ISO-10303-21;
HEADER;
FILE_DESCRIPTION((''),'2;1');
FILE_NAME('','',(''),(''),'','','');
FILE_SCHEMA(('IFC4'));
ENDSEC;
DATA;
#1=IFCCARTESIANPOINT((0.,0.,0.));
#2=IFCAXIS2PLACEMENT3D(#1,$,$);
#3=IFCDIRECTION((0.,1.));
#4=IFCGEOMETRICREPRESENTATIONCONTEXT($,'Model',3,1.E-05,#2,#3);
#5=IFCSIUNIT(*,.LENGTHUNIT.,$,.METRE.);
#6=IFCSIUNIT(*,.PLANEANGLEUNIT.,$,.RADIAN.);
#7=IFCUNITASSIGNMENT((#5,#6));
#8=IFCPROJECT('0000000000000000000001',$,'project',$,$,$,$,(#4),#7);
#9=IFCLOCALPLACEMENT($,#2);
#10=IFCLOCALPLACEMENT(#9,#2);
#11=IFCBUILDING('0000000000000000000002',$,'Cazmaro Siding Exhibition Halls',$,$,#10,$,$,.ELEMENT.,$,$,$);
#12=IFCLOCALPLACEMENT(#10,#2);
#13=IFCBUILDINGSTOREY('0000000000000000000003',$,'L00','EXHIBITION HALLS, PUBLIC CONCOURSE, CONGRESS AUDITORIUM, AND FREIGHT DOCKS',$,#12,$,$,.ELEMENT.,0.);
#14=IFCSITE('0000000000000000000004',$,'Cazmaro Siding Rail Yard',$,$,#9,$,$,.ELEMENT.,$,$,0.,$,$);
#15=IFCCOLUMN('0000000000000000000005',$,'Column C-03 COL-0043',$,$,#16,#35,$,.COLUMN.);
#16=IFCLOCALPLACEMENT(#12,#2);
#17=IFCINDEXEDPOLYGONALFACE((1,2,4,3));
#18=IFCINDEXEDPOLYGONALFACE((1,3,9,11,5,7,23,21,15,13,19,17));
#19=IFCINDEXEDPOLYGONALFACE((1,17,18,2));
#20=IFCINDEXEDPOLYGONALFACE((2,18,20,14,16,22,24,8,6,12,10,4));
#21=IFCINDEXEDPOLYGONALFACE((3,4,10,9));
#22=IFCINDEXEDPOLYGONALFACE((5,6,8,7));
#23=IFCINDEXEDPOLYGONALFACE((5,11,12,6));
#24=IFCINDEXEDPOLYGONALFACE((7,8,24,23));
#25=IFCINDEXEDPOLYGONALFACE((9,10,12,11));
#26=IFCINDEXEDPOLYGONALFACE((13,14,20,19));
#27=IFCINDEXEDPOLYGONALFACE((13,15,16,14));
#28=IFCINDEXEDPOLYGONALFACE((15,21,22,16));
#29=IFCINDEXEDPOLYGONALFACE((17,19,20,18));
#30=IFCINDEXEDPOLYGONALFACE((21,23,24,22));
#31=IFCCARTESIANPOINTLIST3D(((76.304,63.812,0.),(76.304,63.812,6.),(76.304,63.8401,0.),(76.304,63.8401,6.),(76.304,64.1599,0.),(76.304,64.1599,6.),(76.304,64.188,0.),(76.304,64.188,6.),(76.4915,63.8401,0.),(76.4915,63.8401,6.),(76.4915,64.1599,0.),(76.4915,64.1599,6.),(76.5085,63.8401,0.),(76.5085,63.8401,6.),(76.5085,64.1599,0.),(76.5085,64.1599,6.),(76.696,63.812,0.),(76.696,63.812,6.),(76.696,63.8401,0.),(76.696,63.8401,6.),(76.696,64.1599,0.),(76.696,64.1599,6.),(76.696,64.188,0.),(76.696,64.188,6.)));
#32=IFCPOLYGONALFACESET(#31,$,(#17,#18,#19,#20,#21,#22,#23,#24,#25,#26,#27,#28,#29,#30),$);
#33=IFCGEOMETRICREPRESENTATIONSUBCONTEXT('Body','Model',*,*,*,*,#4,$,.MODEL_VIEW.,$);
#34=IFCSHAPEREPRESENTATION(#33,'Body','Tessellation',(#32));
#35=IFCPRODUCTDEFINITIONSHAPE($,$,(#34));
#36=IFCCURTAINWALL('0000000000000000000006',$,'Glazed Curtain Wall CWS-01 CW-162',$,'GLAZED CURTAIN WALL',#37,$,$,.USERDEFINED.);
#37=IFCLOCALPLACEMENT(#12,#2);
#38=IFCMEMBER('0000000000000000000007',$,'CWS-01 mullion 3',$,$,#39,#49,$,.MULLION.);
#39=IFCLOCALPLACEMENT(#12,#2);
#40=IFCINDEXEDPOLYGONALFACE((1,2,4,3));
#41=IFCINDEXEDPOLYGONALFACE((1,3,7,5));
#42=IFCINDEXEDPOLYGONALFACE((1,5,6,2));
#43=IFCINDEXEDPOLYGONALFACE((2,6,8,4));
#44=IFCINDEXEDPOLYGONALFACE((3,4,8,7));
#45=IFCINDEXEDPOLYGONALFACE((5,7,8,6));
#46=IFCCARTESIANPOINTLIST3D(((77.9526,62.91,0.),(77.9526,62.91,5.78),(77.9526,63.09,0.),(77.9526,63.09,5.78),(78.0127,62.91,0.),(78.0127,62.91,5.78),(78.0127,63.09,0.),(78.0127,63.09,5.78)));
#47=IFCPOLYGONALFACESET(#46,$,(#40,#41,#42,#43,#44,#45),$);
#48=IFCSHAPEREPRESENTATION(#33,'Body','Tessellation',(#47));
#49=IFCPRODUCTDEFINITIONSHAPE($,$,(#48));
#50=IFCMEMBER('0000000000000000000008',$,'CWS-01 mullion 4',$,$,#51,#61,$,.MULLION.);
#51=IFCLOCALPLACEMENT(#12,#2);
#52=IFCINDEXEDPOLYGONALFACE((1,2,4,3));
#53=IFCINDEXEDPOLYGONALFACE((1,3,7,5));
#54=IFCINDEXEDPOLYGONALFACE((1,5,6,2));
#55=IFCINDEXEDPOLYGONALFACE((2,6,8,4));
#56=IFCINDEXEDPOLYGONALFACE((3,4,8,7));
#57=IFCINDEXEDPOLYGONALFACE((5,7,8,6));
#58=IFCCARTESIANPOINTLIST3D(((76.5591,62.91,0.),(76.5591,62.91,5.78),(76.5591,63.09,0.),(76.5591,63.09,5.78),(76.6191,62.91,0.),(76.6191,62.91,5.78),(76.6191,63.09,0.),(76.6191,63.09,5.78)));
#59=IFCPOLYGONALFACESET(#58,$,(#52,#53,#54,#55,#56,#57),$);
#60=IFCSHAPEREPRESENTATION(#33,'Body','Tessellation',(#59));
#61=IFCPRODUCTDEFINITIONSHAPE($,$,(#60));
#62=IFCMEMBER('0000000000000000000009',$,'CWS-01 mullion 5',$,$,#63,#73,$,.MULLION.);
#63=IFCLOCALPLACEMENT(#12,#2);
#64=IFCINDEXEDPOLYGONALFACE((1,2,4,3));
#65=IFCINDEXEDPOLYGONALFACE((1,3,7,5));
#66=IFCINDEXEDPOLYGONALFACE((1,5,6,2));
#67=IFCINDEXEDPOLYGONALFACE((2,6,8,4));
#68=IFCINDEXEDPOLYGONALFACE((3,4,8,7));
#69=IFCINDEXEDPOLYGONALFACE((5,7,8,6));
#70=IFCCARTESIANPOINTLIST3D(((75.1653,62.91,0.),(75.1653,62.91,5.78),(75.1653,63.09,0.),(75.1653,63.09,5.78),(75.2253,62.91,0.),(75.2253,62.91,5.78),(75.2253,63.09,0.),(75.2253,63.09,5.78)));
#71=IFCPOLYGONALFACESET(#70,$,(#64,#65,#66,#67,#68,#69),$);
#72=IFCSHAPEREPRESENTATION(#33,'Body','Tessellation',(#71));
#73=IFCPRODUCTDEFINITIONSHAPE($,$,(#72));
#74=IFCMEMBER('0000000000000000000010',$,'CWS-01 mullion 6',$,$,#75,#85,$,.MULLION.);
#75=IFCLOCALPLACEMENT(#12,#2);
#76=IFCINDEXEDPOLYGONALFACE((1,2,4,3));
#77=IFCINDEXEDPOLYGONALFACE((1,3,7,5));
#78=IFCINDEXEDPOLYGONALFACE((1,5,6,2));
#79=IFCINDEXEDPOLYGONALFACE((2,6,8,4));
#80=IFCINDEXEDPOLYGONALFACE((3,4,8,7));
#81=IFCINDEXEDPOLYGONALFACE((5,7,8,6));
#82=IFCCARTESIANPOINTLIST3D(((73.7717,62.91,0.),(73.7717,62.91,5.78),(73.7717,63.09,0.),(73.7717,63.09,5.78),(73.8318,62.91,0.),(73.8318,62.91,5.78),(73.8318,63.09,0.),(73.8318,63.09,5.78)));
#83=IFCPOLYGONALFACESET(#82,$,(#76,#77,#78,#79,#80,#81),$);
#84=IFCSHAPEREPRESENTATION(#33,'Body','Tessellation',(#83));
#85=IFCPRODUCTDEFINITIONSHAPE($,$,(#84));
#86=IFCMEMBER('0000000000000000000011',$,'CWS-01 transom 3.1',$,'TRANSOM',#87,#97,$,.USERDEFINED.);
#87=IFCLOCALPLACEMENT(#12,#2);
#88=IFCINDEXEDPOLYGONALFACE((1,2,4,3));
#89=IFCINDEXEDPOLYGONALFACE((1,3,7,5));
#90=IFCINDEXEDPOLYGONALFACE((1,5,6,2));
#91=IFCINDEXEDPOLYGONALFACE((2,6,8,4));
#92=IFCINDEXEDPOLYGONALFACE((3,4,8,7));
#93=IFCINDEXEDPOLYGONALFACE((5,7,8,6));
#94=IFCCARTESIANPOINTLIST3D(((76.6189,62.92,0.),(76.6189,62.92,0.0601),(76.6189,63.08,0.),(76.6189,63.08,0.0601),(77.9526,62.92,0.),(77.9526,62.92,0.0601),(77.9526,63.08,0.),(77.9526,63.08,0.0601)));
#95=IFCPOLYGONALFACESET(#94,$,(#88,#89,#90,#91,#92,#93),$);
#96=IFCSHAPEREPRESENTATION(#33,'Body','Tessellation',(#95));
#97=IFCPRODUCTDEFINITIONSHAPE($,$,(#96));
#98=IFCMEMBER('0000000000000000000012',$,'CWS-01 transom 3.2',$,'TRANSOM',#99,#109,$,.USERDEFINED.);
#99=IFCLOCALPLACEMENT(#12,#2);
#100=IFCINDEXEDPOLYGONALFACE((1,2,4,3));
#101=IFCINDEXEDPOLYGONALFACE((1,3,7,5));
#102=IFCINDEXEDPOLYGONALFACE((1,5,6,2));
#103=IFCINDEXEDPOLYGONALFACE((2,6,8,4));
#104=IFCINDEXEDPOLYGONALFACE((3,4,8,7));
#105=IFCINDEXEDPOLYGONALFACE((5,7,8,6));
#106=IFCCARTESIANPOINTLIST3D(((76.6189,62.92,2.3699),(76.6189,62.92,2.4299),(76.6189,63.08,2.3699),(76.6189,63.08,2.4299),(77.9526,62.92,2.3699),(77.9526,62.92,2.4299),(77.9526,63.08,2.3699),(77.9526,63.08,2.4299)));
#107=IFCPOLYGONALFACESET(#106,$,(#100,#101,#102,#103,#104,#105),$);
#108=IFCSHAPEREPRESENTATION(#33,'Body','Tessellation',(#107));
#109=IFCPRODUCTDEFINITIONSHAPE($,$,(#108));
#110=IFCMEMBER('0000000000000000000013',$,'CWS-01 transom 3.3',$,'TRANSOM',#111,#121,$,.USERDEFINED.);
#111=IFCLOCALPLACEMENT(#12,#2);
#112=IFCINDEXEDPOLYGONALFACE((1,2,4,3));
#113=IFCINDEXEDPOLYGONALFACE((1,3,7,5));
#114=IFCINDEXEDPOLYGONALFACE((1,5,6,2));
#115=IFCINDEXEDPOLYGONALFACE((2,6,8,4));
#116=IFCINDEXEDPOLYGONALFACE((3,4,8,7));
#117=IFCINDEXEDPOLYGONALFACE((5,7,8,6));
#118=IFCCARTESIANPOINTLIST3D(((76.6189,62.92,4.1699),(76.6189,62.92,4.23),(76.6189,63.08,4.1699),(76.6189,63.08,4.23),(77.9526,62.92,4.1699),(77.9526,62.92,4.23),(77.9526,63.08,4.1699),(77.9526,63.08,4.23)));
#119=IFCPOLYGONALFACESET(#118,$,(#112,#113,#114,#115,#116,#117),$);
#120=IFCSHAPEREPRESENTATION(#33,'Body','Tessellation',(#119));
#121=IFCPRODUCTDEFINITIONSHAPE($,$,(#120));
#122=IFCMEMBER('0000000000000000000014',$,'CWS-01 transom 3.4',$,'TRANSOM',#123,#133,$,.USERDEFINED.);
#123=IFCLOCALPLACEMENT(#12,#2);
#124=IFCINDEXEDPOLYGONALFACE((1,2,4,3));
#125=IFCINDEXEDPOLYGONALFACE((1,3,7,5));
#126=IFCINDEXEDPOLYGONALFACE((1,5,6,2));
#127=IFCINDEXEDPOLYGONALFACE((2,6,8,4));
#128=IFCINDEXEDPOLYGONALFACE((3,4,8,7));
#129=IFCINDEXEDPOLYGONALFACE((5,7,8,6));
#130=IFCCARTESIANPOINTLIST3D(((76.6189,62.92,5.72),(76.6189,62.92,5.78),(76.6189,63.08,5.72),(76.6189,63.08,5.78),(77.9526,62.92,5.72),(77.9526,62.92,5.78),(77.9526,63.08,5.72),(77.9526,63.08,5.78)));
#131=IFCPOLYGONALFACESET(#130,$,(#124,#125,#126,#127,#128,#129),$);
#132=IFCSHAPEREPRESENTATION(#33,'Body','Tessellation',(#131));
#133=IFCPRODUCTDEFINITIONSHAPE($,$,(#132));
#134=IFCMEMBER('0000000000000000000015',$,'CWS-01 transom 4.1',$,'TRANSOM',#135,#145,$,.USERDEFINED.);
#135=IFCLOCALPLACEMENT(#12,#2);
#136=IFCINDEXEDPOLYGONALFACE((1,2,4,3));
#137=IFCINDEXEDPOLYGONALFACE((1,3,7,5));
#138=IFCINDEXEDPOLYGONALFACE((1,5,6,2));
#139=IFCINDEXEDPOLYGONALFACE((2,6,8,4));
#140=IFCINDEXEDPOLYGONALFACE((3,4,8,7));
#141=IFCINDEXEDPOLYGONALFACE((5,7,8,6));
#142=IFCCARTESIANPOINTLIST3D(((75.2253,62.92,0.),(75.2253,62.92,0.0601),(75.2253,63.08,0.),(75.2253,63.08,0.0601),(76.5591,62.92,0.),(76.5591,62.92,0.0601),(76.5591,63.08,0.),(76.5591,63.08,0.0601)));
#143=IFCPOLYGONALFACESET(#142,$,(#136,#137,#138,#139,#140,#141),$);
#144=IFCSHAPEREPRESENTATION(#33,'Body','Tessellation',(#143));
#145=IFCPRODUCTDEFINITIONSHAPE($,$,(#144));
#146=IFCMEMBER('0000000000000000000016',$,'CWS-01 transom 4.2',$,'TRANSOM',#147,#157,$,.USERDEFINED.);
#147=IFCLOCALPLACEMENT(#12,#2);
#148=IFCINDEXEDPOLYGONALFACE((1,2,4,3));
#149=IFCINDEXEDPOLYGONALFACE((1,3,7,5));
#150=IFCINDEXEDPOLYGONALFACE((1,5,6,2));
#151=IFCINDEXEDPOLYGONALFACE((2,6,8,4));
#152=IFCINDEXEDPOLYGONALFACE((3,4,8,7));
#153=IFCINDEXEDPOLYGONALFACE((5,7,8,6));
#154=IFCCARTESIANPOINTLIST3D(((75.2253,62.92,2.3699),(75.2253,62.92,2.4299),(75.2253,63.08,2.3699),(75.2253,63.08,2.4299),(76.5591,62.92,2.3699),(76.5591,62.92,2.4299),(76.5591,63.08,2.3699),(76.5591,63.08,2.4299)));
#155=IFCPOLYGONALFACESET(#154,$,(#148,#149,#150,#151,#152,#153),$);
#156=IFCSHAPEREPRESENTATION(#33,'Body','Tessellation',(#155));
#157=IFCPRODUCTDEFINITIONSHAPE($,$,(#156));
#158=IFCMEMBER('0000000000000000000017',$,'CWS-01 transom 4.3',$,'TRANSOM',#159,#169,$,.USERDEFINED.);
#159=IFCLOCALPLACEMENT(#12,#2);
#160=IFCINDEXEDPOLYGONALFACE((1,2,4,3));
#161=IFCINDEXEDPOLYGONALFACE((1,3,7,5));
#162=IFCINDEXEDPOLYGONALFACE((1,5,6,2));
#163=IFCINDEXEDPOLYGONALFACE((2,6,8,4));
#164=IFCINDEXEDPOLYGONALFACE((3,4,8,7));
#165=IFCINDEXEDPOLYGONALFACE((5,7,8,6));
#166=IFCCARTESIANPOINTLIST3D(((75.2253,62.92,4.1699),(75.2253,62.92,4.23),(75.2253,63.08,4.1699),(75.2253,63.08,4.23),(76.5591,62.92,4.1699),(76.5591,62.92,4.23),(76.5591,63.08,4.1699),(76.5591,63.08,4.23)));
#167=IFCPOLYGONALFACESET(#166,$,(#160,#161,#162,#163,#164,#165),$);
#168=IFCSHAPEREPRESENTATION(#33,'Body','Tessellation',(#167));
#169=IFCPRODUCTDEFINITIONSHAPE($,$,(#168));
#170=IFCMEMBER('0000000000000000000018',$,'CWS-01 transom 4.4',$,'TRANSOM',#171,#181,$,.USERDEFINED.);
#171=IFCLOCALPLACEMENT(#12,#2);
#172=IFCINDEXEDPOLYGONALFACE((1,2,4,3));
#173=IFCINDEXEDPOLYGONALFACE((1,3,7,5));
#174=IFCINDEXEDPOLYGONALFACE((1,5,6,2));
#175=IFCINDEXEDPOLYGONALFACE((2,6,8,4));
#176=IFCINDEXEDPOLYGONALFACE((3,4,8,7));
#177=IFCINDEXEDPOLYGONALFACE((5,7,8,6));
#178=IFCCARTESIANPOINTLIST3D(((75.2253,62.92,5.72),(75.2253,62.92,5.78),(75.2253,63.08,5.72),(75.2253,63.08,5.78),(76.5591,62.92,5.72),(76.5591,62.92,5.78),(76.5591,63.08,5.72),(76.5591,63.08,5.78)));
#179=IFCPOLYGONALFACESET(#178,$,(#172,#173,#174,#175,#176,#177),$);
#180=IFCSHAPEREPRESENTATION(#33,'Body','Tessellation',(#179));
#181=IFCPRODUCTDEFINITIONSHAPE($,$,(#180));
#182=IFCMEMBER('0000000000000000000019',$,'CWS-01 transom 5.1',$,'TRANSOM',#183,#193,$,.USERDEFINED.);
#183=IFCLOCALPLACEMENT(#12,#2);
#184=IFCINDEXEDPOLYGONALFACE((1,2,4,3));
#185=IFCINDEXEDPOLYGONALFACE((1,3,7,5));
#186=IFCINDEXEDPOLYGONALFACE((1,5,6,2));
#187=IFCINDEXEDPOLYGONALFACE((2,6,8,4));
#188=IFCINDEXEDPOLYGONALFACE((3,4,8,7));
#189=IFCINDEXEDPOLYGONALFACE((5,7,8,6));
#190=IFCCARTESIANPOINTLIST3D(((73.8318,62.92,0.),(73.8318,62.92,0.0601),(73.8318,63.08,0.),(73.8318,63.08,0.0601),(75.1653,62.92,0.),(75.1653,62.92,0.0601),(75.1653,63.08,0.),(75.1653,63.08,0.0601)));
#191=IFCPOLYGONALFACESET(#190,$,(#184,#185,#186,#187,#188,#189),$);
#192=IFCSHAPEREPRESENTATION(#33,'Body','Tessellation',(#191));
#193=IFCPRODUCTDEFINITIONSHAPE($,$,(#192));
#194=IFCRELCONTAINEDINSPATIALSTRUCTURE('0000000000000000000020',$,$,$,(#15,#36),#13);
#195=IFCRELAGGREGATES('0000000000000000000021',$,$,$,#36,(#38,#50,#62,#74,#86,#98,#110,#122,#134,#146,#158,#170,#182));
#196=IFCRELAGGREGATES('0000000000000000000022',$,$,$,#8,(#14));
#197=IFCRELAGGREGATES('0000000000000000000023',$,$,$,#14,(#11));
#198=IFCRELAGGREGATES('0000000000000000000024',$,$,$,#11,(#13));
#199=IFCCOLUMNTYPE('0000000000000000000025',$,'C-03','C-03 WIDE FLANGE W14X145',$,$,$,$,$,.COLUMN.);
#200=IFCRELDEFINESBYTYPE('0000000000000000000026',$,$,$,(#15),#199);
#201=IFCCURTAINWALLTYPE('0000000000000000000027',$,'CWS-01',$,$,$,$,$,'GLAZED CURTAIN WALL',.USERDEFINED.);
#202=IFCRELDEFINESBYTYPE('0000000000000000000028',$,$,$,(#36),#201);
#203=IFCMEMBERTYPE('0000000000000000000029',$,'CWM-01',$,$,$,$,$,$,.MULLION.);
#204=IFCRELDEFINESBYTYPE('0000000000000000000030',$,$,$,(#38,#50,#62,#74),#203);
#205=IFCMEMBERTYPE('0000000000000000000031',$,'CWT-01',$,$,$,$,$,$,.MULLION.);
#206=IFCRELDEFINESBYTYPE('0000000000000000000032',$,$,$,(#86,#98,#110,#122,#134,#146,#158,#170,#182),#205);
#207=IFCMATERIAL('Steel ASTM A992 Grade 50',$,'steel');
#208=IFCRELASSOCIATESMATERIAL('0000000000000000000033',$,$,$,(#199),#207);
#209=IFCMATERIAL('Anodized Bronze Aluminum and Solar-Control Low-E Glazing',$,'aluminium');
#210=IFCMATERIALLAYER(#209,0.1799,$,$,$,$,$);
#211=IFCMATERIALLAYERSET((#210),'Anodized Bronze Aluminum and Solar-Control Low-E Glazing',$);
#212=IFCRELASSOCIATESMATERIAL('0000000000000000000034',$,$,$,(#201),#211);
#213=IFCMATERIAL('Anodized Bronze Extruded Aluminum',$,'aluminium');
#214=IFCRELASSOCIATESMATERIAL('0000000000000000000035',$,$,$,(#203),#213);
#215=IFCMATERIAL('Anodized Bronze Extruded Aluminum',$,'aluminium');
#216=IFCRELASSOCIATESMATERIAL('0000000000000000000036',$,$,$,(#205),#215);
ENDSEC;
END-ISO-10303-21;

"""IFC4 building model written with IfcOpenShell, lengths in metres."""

from ifc_helpers import new_model, si_unit, direction, frame, origin, origin_2d, place, context, subcontext, project, spatial, rectangle, i_section, extrude, material, layer, layer_set, material_profile, profile_set, type_object, element, aggregate, save


model = new_model("IFC4")

# Units and contexts
model_context = context("Model", 3, precision=1e-05, world=origin(), true_north=direction((0.0, 1.0)))
body_context = subcontext(model_context, "Body", "Model", "MODEL_VIEW")
ifc_project = project(units=[si_unit("LENGTHUNIT", "METRE"), si_unit("PLANEANGLEUNIT", "RADIAN")], contexts=[model_context])

# Site, building, storey
site_placement = place(None, origin())
site = spatial("IfcSite", under=ifc_project, at=site_placement, Name="Cazmaro Siding Rail Yard", CompositionType="ELEMENT", RefElevation=0.0)
building_placement = place(site_placement, origin())
building = spatial("IfcBuilding", under=site, at=building_placement, Name="Cazmaro Siding Exhibition Halls", CompositionType="ELEMENT")
storey_placement = place(building_placement, origin())
storey = spatial("IfcBuildingStorey", under=building, at=storey_placement, Name="L00", Description="EXHIBITION HALLS, PUBLIC CONCOURSE, CONGRESS AUDITORIUM, AND FREIGHT DOCKS", CompositionType="ELEMENT", Elevation=0.0)

# Column
ifc_material_1 = material(Name="Steel ASTM A992 Grade 50", Category="steel")
ifc_material_profile_1 = material_profile(ifc_material_1, i_section(OverallWidth=0.3921, OverallDepth=0.376, WebThickness=0.0171, FlangeThickness=0.0281, at=origin_2d()), Name="W14X145")
ifc_profile_set_1 = profile_set([ifc_material_profile_1], Name="Steel ASTM A992 Grade 50")
column_type = type_object("IfcColumnType", Name="C-03", Description="C-03 WIDE FLANGE W14X145", PredefinedType="COLUMN", material=ifc_profile_set_1)
column_placement = place(storey_placement, frame((76.5, 64.0, 0.0), z_axis=(0.0, 0.0, 1.0), x_axis=(1.0, 0.0, 0.0)))
element("IfcColumn", 1, at=column_placement, inside=storey, type_object=column_type, Name="Column C-03 COL-0043", PredefinedType="COLUMN", context=body_context, shape_type="SweptSolid", body=[
    extrude(i_section(OverallWidth=0.3921, OverallDepth=0.376, WebThickness=0.0171, FlangeThickness=0.0281, at=origin_2d()), origin(), (0.0, 0.0, 1.0), 6.0),
])

# Curtain wall, members
ifc_material_2 = material(Name="Anodized Bronze Aluminum and Solar-Control Low-E Glazing", Category="aluminium")
ifc_layer_1 = layer(ifc_material_2, 0.1799)
ifc_layer_set_1 = layer_set([ifc_layer_1], Name="Anodized Bronze Aluminum and Solar-Control Low-E Glazing")
curtain_wall_type = type_object("IfcCurtainWallType", Name="CWS-01", ElementType="GLAZED CURTAIN WALL", PredefinedType="USERDEFINED", material=ifc_layer_set_1)
curtain_wall_placement = place(storey_placement, origin())
curtain_wall = element("IfcCurtainWall", 2, at=curtain_wall_placement, inside=storey, type_object=curtain_wall_type, Name="Glazed Curtain Wall CWS-01 CW-162", ObjectType="GLAZED CURTAIN WALL", PredefinedType="USERDEFINED")
ifc_material_3 = material(Name="Anodized Bronze Extruded Aluminum", Category="aluminium")
ifc_material_profile_2 = material_profile(ifc_material_3, rectangle(XDim=0.1799, YDim=0.0601, at=origin_2d()), Name="CWM-01")
ifc_profile_set_2 = profile_set([ifc_material_profile_2], Name="Anodized Bronze Extruded Aluminum")
member_type_1 = type_object("IfcMemberType", Name="CWM-01", PredefinedType="MULLION", material=ifc_profile_set_2)
member_1_placement = place(storey_placement, frame((77.9827, 63.0, 0.0), z_axis=(0.0, 0.0, 1.0), x_axis=(0.0, -1.0, 0.0)))
member_1 = element("IfcMember", 3, at=member_1_placement, type_object=member_type_1, Name="CWS-01 mullion 3", PredefinedType="MULLION", context=body_context, shape_type="SweptSolid", body=[
    extrude(rectangle(XDim=0.1799, YDim=0.0601, at=origin_2d()), origin(), (0.0, 0.0, 1.0), 5.78),
])
member_2_placement = place(storey_placement, frame((76.5891, 63.0, 0.0), z_axis=(0.0, 0.0, 1.0), x_axis=(0.0, -1.0, 0.0)))
member_2 = element("IfcMember", 4, at=member_2_placement, type_object=member_type_1, Name="CWS-01 mullion 4", PredefinedType="MULLION", context=body_context, shape_type="SweptSolid", body=[
    extrude(rectangle(XDim=0.1799, YDim=0.0601, at=origin_2d()), origin(), (0.0, 0.0, 1.0), 5.78),
])
member_3_placement = place(storey_placement, frame((75.1953, 63.0, 0.0), z_axis=(0.0, 0.0, 1.0), x_axis=(0.0, -1.0, 0.0)))
member_3 = element("IfcMember", 5, at=member_3_placement, type_object=member_type_1, Name="CWS-01 mullion 5", PredefinedType="MULLION", context=body_context, shape_type="SweptSolid", body=[
    extrude(rectangle(XDim=0.1799, YDim=0.0601, at=origin_2d()), origin(), (0.0, 0.0, 1.0), 5.78),
])
member_4_placement = place(storey_placement, frame((73.8018, 63.0, 0.0), z_axis=(0.0, 0.0, 1.0), x_axis=(0.0, -1.0, 0.0)))
member_4 = element("IfcMember", 6, at=member_4_placement, type_object=member_type_1, Name="CWS-01 mullion 6", PredefinedType="MULLION", context=body_context, shape_type="SweptSolid", body=[
    extrude(rectangle(XDim=0.1799, YDim=0.0601, at=origin_2d()), origin(), (0.0, 0.0, 1.0), 5.78),
])
ifc_material_4 = material(Name="Anodized Bronze Extruded Aluminum", Category="aluminium")
ifc_material_profile_3 = material_profile(ifc_material_4, rectangle(XDim=0.1599, YDim=0.0601, at=origin_2d()), Name="CWT-01")
ifc_profile_set_3 = profile_set([ifc_material_profile_3], Name="Anodized Bronze Extruded Aluminum")
member_type_2 = type_object("IfcMemberType", Name="CWT-01", PredefinedType="MULLION", material=ifc_profile_set_3)
member_5_placement = place(storey_placement, frame((77.9526, 63.0, 0.03), z_axis=(-1.0, 0.0, 0.0), x_axis=(0.0, -1.0, 0.0)))
member_5 = element("IfcMember", 7, at=member_5_placement, type_object=member_type_2, Name="CWS-01 transom 3.1", ObjectType="TRANSOM", PredefinedType="USERDEFINED", context=body_context, shape_type="SweptSolid", body=[
    extrude(rectangle(XDim=0.1599, YDim=0.0601, at=origin_2d()), origin(), (0.0, 0.0, 1.0), 1.3337),
])
member_6_placement = place(storey_placement, frame((77.9526, 63.0, 2.3999), z_axis=(-1.0, 0.0, 0.0), x_axis=(0.0, -1.0, 0.0)))
member_6 = element("IfcMember", 8, at=member_6_placement, type_object=member_type_2, Name="CWS-01 transom 3.2", ObjectType="TRANSOM", PredefinedType="USERDEFINED", context=body_context, shape_type="SweptSolid", body=[
    extrude(rectangle(XDim=0.1599, YDim=0.0601, at=origin_2d()), origin(), (0.0, 0.0, 1.0), 1.3337),
])
member_7_placement = place(storey_placement, frame((77.9526, 63.0, 4.2), z_axis=(-1.0, 0.0, 0.0), x_axis=(0.0, -1.0, 0.0)))
member_7 = element("IfcMember", 9, at=member_7_placement, type_object=member_type_2, Name="CWS-01 transom 3.3", ObjectType="TRANSOM", PredefinedType="USERDEFINED", context=body_context, shape_type="SweptSolid", body=[
    extrude(rectangle(XDim=0.1599, YDim=0.0601, at=origin_2d()), origin(), (0.0, 0.0, 1.0), 1.3337),
])
member_8_placement = place(storey_placement, frame((77.9526, 63.0, 5.75), z_axis=(-1.0, 0.0, 0.0), x_axis=(0.0, -1.0, 0.0)))
member_8 = element("IfcMember", 10, at=member_8_placement, type_object=member_type_2, Name="CWS-01 transom 3.4", ObjectType="TRANSOM", PredefinedType="USERDEFINED", context=body_context, shape_type="SweptSolid", body=[
    extrude(rectangle(XDim=0.1599, YDim=0.0601, at=origin_2d()), origin(), (0.0, 0.0, 1.0), 1.3337),
])
member_9_placement = place(storey_placement, frame((76.5591, 63.0, 0.03), z_axis=(-1.0, 0.0, 0.0), x_axis=(0.0, -1.0, 0.0)))
member_9 = element("IfcMember", 11, at=member_9_placement, type_object=member_type_2, Name="CWS-01 transom 4.1", ObjectType="TRANSOM", PredefinedType="USERDEFINED", context=body_context, shape_type="SweptSolid", body=[
    extrude(rectangle(XDim=0.1599, YDim=0.0601, at=origin_2d()), origin(), (0.0, 0.0, 1.0), 1.3337),
])
member_10_placement = place(storey_placement, frame((76.5591, 63.0, 2.3999), z_axis=(-1.0, 0.0, 0.0), x_axis=(0.0, -1.0, 0.0)))
member_10 = element("IfcMember", 12, at=member_10_placement, type_object=member_type_2, Name="CWS-01 transom 4.2", ObjectType="TRANSOM", PredefinedType="USERDEFINED", context=body_context, shape_type="SweptSolid", body=[
    extrude(rectangle(XDim=0.1599, YDim=0.0601, at=origin_2d()), origin(), (0.0, 0.0, 1.0), 1.3337),
])
member_11_placement = place(storey_placement, frame((76.5591, 63.0, 4.2), z_axis=(-1.0, 0.0, 0.0), x_axis=(0.0, -1.0, 0.0)))
member_11 = element("IfcMember", 13, at=member_11_placement, type_object=member_type_2, Name="CWS-01 transom 4.3", ObjectType="TRANSOM", PredefinedType="USERDEFINED", context=body_context, shape_type="SweptSolid", body=[
    extrude(rectangle(XDim=0.1599, YDim=0.0601, at=origin_2d()), origin(), (0.0, 0.0, 1.0), 1.3337),
])
member_12_placement = place(storey_placement, frame((76.5591, 63.0, 5.75), z_axis=(-1.0, 0.0, 0.0), x_axis=(0.0, -1.0, 0.0)))
member_12 = element("IfcMember", 14, at=member_12_placement, type_object=member_type_2, Name="CWS-01 transom 4.4", ObjectType="TRANSOM", PredefinedType="USERDEFINED", context=body_context, shape_type="SweptSolid", body=[
    extrude(rectangle(XDim=0.1599, YDim=0.0601, at=origin_2d()), origin(), (0.0, 0.0, 1.0), 1.3337),
])
member_13_placement = place(storey_placement, frame((75.1653, 63.0, 0.03), z_axis=(-1.0, 0.0, 0.0), x_axis=(0.0, -1.0, 0.0)))
member_13 = element("IfcMember", 15, at=member_13_placement, type_object=member_type_2, Name="CWS-01 transom 5.1", ObjectType="TRANSOM", PredefinedType="USERDEFINED", context=body_context, shape_type="SweptSolid", body=[
    extrude(rectangle(XDim=0.1599, YDim=0.0601, at=origin_2d()), origin(), (0.0, 0.0, 1.0), 1.3335),
])
aggregate(curtain_wall, [member_1, member_2, member_3, member_4, member_5, member_6, member_7, member_8, member_9, member_10, member_11, member_12, member_13])

save(model, "model.ifc")
